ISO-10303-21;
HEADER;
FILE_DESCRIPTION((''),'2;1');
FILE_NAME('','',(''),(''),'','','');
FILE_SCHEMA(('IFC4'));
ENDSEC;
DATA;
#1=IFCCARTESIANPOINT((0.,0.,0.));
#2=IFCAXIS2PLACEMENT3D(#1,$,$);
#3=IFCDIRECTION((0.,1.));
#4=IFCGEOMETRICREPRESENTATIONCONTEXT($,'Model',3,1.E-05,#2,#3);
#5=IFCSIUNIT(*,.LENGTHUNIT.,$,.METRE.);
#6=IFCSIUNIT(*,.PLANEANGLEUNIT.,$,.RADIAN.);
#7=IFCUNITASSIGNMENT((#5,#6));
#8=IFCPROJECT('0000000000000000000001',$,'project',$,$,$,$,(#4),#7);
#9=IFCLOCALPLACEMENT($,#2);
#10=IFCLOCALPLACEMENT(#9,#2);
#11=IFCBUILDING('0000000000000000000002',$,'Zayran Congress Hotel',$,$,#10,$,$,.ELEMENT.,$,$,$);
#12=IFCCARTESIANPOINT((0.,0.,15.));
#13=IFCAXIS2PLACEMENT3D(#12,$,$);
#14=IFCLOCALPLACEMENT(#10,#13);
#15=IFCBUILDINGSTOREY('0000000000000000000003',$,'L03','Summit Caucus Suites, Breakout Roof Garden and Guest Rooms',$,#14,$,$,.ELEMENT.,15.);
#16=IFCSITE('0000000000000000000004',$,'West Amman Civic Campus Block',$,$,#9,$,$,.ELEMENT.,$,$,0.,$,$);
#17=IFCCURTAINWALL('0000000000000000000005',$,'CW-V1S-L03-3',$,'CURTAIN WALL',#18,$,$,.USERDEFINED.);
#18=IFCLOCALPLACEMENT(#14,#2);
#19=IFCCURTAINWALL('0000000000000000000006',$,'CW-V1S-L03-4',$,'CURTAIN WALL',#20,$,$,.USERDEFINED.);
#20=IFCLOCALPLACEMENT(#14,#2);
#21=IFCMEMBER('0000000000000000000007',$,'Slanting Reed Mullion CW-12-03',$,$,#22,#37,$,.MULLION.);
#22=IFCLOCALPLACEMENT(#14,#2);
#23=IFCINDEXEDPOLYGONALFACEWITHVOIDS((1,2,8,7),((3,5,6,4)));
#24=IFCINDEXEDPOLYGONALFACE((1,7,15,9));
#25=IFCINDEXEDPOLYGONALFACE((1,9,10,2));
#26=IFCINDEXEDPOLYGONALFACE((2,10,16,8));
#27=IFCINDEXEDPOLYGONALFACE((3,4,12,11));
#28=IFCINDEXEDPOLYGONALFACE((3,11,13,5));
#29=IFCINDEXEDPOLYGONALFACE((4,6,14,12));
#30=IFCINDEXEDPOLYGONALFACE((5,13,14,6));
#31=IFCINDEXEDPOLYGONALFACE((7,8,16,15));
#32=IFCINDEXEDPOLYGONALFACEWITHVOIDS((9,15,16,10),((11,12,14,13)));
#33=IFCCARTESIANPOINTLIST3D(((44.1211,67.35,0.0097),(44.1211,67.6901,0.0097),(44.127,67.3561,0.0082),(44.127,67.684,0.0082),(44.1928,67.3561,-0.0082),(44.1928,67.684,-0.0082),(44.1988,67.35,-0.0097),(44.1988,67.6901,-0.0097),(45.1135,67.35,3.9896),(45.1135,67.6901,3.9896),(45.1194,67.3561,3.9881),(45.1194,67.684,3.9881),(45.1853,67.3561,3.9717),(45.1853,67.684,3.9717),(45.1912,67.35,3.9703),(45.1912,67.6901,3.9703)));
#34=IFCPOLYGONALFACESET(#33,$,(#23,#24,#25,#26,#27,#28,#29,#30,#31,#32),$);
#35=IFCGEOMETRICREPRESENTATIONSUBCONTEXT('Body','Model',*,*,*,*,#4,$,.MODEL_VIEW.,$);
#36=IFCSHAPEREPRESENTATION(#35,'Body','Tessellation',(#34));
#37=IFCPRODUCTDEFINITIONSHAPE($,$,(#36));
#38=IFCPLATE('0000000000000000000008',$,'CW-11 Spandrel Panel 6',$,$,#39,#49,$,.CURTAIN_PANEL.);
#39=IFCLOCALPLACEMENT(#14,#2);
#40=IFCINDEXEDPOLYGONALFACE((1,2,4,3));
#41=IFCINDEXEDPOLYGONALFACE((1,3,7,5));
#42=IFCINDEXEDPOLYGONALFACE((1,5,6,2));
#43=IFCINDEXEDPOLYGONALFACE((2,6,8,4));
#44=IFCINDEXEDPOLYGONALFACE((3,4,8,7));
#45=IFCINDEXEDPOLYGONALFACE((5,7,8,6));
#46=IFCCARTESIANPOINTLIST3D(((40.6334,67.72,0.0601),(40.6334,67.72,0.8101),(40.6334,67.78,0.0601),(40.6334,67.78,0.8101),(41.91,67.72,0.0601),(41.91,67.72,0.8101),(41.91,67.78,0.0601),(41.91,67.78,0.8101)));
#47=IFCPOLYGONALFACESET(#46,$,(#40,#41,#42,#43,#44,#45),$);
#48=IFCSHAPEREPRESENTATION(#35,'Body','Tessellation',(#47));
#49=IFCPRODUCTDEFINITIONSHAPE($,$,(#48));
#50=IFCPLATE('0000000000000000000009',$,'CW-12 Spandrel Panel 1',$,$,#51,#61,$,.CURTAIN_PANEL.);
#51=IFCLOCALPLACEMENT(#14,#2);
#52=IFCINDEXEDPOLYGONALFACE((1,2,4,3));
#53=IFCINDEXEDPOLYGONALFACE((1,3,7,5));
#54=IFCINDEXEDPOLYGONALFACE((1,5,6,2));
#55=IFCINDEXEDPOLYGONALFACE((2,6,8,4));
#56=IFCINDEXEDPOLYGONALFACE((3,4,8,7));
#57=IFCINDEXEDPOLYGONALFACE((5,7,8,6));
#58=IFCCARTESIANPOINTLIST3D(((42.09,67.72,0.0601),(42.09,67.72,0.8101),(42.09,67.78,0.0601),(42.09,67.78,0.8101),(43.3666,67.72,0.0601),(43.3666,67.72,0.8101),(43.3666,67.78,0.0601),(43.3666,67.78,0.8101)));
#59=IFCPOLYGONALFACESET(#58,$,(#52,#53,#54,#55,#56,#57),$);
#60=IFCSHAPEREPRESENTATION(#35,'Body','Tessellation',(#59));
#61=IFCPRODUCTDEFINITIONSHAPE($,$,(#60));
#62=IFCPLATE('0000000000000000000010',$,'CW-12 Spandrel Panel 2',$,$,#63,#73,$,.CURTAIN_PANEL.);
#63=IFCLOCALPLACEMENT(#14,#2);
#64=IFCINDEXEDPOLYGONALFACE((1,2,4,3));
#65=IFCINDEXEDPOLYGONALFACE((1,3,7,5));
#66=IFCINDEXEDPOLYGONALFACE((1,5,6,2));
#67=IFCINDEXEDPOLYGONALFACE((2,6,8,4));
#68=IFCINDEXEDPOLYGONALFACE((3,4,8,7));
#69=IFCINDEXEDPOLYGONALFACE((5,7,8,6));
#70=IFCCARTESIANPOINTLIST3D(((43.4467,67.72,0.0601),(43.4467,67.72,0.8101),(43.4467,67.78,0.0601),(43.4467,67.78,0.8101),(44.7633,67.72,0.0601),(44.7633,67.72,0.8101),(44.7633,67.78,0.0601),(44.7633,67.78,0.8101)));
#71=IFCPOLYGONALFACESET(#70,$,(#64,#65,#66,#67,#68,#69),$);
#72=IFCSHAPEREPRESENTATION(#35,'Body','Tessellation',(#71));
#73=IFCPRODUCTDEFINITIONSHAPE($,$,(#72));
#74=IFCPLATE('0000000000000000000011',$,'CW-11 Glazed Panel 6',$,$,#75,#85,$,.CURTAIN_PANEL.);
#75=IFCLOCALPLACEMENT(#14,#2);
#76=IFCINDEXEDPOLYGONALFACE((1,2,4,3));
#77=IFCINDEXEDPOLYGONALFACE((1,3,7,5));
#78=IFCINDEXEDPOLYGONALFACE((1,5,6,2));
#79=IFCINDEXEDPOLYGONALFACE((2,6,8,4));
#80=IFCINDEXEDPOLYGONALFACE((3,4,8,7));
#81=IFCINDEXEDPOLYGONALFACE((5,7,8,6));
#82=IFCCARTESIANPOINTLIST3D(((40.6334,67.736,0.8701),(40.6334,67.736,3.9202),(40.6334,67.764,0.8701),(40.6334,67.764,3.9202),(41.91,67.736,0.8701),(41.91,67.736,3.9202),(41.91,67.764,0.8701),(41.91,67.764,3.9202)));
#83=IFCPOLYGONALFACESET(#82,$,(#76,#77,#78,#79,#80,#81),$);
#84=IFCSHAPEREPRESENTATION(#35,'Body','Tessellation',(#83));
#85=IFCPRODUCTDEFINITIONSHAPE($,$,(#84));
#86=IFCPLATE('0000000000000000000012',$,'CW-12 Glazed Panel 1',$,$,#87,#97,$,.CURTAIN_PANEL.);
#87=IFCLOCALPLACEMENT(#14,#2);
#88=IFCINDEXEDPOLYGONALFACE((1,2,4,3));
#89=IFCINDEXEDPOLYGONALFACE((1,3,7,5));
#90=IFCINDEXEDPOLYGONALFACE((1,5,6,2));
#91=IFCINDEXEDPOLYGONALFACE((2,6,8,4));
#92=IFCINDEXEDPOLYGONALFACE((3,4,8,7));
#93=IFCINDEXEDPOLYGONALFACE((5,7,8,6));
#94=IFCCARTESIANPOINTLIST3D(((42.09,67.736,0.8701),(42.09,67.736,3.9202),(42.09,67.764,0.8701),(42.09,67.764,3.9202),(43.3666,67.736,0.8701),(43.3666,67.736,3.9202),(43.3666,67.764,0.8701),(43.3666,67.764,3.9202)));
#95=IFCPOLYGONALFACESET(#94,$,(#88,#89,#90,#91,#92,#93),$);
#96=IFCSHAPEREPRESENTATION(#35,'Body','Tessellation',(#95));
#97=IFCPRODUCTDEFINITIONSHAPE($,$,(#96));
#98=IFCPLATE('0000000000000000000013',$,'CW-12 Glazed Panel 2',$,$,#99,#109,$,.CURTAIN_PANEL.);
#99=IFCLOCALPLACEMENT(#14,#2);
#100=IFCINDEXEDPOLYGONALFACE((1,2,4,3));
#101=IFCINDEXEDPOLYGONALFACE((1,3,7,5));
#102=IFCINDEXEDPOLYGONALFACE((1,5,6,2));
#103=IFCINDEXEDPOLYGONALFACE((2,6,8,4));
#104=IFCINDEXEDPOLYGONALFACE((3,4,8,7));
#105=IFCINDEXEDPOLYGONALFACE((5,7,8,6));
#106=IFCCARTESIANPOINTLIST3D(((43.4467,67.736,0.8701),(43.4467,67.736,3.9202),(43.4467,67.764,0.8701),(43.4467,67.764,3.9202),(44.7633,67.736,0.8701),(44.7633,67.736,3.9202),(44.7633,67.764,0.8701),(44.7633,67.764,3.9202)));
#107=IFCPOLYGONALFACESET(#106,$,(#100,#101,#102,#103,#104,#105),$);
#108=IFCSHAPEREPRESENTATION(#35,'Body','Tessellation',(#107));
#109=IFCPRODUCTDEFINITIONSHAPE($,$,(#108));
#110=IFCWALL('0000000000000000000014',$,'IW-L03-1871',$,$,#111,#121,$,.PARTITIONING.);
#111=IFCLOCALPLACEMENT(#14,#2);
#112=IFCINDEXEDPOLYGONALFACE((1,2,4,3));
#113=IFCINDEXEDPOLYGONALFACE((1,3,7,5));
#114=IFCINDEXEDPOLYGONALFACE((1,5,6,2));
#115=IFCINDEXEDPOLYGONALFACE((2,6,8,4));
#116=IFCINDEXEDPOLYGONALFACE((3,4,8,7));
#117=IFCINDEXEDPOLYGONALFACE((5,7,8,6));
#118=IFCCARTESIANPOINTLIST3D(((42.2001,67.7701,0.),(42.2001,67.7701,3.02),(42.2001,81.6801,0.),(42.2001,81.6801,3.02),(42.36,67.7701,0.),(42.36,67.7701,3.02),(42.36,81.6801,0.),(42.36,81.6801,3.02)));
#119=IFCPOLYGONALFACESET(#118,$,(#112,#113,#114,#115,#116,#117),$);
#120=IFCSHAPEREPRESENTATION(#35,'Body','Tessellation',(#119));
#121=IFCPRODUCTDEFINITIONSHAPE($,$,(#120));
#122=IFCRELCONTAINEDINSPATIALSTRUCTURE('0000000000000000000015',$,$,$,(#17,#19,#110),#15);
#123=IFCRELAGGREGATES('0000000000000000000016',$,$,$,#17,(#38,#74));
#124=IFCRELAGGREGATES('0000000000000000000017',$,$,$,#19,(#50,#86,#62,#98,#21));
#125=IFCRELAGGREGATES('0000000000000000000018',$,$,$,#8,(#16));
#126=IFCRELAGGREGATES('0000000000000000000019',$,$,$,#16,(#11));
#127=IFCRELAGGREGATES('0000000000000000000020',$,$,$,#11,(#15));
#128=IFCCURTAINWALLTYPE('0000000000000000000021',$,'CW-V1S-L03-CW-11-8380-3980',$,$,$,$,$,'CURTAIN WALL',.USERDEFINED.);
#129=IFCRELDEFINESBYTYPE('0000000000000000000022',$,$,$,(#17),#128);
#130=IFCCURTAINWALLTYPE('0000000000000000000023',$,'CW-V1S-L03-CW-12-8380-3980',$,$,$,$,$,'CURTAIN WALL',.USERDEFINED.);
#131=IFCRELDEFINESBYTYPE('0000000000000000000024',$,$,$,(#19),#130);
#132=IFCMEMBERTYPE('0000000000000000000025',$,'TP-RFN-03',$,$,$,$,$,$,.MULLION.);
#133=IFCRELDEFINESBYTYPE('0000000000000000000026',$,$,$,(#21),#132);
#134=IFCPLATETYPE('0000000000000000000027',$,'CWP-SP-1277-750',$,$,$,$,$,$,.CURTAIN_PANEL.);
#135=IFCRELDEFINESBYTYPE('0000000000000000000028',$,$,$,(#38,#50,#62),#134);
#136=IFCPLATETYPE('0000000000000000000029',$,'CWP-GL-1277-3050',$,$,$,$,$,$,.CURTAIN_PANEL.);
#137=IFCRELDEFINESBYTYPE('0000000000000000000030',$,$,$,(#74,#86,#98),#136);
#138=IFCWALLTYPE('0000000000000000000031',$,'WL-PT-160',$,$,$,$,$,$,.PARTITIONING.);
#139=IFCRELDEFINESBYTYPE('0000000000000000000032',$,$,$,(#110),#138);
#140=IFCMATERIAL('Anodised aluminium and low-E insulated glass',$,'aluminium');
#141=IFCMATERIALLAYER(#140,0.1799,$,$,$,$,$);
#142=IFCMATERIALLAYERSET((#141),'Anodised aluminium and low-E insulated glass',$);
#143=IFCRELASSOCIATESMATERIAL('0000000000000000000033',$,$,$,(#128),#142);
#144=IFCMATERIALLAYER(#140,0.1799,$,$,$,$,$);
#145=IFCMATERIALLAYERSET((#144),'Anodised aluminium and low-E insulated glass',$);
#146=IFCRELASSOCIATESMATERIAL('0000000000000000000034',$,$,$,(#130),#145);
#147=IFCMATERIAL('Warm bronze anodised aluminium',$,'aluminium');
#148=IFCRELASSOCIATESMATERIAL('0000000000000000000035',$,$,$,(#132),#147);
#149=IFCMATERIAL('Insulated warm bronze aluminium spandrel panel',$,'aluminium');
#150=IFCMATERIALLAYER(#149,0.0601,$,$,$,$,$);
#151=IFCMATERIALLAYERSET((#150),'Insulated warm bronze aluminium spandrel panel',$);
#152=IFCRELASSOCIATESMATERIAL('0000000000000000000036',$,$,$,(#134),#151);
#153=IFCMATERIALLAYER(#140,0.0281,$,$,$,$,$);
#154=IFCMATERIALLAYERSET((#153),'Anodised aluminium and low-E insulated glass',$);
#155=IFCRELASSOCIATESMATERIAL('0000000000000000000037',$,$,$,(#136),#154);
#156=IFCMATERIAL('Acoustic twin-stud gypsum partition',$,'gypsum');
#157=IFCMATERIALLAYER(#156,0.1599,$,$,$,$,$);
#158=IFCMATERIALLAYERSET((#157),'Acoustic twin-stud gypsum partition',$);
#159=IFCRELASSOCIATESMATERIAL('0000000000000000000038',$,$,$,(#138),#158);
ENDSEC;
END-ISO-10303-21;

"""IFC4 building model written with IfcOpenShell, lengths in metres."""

from ifc_helpers import new_model, si_unit, direction, frame, frame_2d, origin, origin_2d, place, context, subcontext, project, spatial, rectangle, hollow_rectangle, extrude, material, layer, layer_set, material_profile, profile_set, type_object, element, aggregate, save


model = new_model("IFC4")

# Units and contexts
model_context = context("Model", 3, precision=1e-05, world=origin(), true_north=direction((0.0, 1.0)))
body_context = subcontext(model_context, "Body", "Model", "MODEL_VIEW")
ifc_project = project(units=[si_unit("LENGTHUNIT", "METRE"), si_unit("PLANEANGLEUNIT", "RADIAN")], contexts=[model_context])

# Site, building, storey
site_placement = place(None, origin())
site = spatial("IfcSite", under=ifc_project, at=site_placement, Name="West Amman Civic Campus Block", CompositionType="ELEMENT", RefElevation=0.0)
building_placement = place(site_placement, origin())
building = spatial("IfcBuilding", under=site, at=building_placement, Name="Zayran Congress Hotel", CompositionType="ELEMENT")
storey_placement = place(building_placement, frame((0.0, 0.0, 15.0)))
storey = spatial("IfcBuildingStorey", under=building, at=storey_placement, Name="L03", Description="Summit Caucus Suites, Breakout Roof Garden and Guest Rooms", CompositionType="ELEMENT", Elevation=15.0)

# Curtain walls
ifc_material_1 = material(Name="Anodised aluminium and low-E insulated glass", Category="aluminium")
ifc_layer_1 = layer(ifc_material_1, 0.1799)
ifc_layer_set_1 = layer_set([ifc_layer_1], Name="Anodised aluminium and low-E insulated glass")
curtain_wall_type_1 = type_object("IfcCurtainWallType", Name="CW-V1S-L03-CW-11-8380-3980", ElementType="CURTAIN WALL", PredefinedType="USERDEFINED", material=ifc_layer_set_1)
curtain_wall_1_placement = place(storey_placement, origin())
curtain_wall_1 = element("IfcCurtainWall", 1, at=curtain_wall_1_placement, inside=storey, type_object=curtain_wall_type_1, Name="CW-V1S-L03-3", ObjectType="CURTAIN WALL", PredefinedType="USERDEFINED")
ifc_layer_2 = layer(ifc_material_1, 0.1799)
ifc_layer_set_2 = layer_set([ifc_layer_2], Name="Anodised aluminium and low-E insulated glass")
curtain_wall_type_2 = type_object("IfcCurtainWallType", Name="CW-V1S-L03-CW-12-8380-3980", ElementType="CURTAIN WALL", PredefinedType="USERDEFINED", material=ifc_layer_set_2)
curtain_wall_2_placement = place(storey_placement, origin())
curtain_wall_2 = element("IfcCurtainWall", 2, at=curtain_wall_2_placement, inside=storey, type_object=curtain_wall_type_2, Name="CW-V1S-L03-4", ObjectType="CURTAIN WALL", PredefinedType="USERDEFINED")

# Member
ifc_material_2 = material(Name="Warm bronze anodised aluminium", Category="aluminium")
ifc_material_profile_1 = material_profile(ifc_material_2, hollow_rectangle(XDim=0.0801, YDim=0.3401, WallThickness=0.0061, at=origin_2d()), Name="RHS 340x80x6")
ifc_profile_set_1 = profile_set([ifc_material_profile_1], Name="Warm bronze anodised aluminium")
member_type_1 = type_object("IfcMemberType", Name="TP-RFN-03", PredefinedType="MULLION", material=ifc_profile_set_1)
member_1_placement = place(storey_placement, frame((44.1599, 67.52, 0.0), z_axis=(0.241947, 0.0, 0.970289), x_axis=(-0.970289, 0.0, 0.241947)))
member_1 = element("IfcMember", 3, at=member_1_placement, type_object=member_type_1, Name="Slanting Reed Mullion CW-12-03", PredefinedType="MULLION", context=body_context, shape_type="SweptSolid", body=[
    extrude(hollow_rectangle(XDim=0.0801, YDim=0.3401, WallThickness=0.0061, at=origin_2d()), origin(), (0.0, 0.0, 1.0), 4.1018),
])

# Plates
ifc_material_3 = material(Name="Insulated warm bronze aluminium spandrel panel", Category="aluminium")
ifc_layer_3 = layer(ifc_material_3, 0.0601)
ifc_layer_set_3 = layer_set([ifc_layer_3], Name="Insulated warm bronze aluminium spandrel panel")
plate_type_1 = type_object("IfcPlateType", Name="CWP-SP-1277-750", PredefinedType="CURTAIN_PANEL", material=ifc_layer_set_3)
plate_1_placement = place(storey_placement, frame((41.2717, 67.75, 0.0601), z_axis=(0.0, 0.0, 1.0), x_axis=(1.0, 0.0, 0.0)))
plate_1 = element("IfcPlate", 4, at=plate_1_placement, type_object=plate_type_1, Name="CW-11 Spandrel Panel 6", PredefinedType="CURTAIN_PANEL", context=body_context, shape_type="SweptSolid", body=[
    extrude(rectangle(XDim=1.2766, YDim=0.0601, at=origin_2d()), origin(), (0.0, 0.0, 1.0), 0.75),
])
plate_2_placement = place(storey_placement, frame((42.7283, 67.75, 0.0601), z_axis=(0.0, 0.0, 1.0), x_axis=(1.0, 0.0, 0.0)))
plate_2 = element("IfcPlate", 5, at=plate_2_placement, type_object=plate_type_1, Name="CW-12 Spandrel Panel 1", PredefinedType="CURTAIN_PANEL", context=body_context, shape_type="SweptSolid", body=[
    extrude(rectangle(XDim=1.2766, YDim=0.0601, at=origin_2d()), origin(), (0.0, 0.0, 1.0), 0.75),
])
plate_3_placement = place(storey_placement, frame((44.105, 67.75, 0.0601), z_axis=(0.0, 0.0, 1.0), x_axis=(1.0, 0.0, 0.0)))
plate_3 = element("IfcPlate", 6, at=plate_3_placement, type_object=plate_type_1, Name="CW-12 Spandrel Panel 2", PredefinedType="CURTAIN_PANEL", context=body_context, shape_type="SweptSolid", body=[
    extrude(rectangle(XDim=1.3167, YDim=0.0601, at=origin_2d()), origin(), (0.0, 0.0, 1.0), 0.75),
])
ifc_layer_4 = layer(ifc_material_1, 0.0281)
ifc_layer_set_4 = layer_set([ifc_layer_4], Name="Anodised aluminium and low-E insulated glass")
plate_type_2 = type_object("IfcPlateType", Name="CWP-GL-1277-3050", PredefinedType="CURTAIN_PANEL", material=ifc_layer_set_4)
plate_4_placement = place(storey_placement, frame((41.2717, 67.75, 0.8701), z_axis=(0.0, 0.0, 1.0), x_axis=(1.0, 0.0, 0.0)))
plate_4 = element("IfcPlate", 7, at=plate_4_placement, type_object=plate_type_2, Name="CW-11 Glazed Panel 6", PredefinedType="CURTAIN_PANEL", context=body_context, shape_type="SweptSolid", body=[
    extrude(rectangle(XDim=1.2766, YDim=0.0281, at=origin_2d()), origin(), (0.0, 0.0, 1.0), 3.05),
])
aggregate(curtain_wall_1, [plate_1, plate_4])
plate_5_placement = place(storey_placement, frame((42.7283, 67.75, 0.8701), z_axis=(0.0, 0.0, 1.0), x_axis=(1.0, 0.0, 0.0)))
plate_5 = element("IfcPlate", 8, at=plate_5_placement, type_object=plate_type_2, Name="CW-12 Glazed Panel 1", PredefinedType="CURTAIN_PANEL", context=body_context, shape_type="SweptSolid", body=[
    extrude(rectangle(XDim=1.2766, YDim=0.0281, at=origin_2d()), origin(), (0.0, 0.0, 1.0), 3.05),
])
plate_6_placement = place(storey_placement, frame((44.105, 67.75, 0.8701), z_axis=(0.0, 0.0, 1.0), x_axis=(1.0, 0.0, 0.0)))
plate_6 = element("IfcPlate", 9, at=plate_6_placement, type_object=plate_type_2, Name="CW-12 Glazed Panel 2", PredefinedType="CURTAIN_PANEL", context=body_context, shape_type="SweptSolid", body=[
    extrude(rectangle(XDim=1.3167, YDim=0.0281, at=origin_2d()), origin(), (0.0, 0.0, 1.0), 3.05),
])
aggregate(curtain_wall_2, [plate_2, plate_5, plate_3, plate_6, member_1])

# Wall
ifc_material_4 = material(Name="Acoustic twin-stud gypsum partition", Category="gypsum")
ifc_layer_5 = layer(ifc_material_4, 0.1599)
ifc_layer_set_5 = layer_set([ifc_layer_5], Name="Acoustic twin-stud gypsum partition")
wall_type = type_object("IfcWallType", Name="WL-PT-160", PredefinedType="PARTITIONING", material=ifc_layer_set_5)
wall_placement = place(storey_placement, frame((42.28, 67.77, 0.0), z_axis=(0.0, 0.0, 1.0), x_axis=(0.0, 1.0, 0.0)))
element("IfcWall", 10, at=wall_placement, inside=storey, type_object=wall_type, Name="IW-L03-1871", PredefinedType="PARTITIONING", context=body_context, shape_type="SweptSolid", body=[
    extrude(rectangle(XDim=13.9099, YDim=0.1599, at=frame_2d((6.9551, 0.0))), origin(), (0.0, 0.0, 1.0), 3.02),
])

save(model, "model.ifc")
